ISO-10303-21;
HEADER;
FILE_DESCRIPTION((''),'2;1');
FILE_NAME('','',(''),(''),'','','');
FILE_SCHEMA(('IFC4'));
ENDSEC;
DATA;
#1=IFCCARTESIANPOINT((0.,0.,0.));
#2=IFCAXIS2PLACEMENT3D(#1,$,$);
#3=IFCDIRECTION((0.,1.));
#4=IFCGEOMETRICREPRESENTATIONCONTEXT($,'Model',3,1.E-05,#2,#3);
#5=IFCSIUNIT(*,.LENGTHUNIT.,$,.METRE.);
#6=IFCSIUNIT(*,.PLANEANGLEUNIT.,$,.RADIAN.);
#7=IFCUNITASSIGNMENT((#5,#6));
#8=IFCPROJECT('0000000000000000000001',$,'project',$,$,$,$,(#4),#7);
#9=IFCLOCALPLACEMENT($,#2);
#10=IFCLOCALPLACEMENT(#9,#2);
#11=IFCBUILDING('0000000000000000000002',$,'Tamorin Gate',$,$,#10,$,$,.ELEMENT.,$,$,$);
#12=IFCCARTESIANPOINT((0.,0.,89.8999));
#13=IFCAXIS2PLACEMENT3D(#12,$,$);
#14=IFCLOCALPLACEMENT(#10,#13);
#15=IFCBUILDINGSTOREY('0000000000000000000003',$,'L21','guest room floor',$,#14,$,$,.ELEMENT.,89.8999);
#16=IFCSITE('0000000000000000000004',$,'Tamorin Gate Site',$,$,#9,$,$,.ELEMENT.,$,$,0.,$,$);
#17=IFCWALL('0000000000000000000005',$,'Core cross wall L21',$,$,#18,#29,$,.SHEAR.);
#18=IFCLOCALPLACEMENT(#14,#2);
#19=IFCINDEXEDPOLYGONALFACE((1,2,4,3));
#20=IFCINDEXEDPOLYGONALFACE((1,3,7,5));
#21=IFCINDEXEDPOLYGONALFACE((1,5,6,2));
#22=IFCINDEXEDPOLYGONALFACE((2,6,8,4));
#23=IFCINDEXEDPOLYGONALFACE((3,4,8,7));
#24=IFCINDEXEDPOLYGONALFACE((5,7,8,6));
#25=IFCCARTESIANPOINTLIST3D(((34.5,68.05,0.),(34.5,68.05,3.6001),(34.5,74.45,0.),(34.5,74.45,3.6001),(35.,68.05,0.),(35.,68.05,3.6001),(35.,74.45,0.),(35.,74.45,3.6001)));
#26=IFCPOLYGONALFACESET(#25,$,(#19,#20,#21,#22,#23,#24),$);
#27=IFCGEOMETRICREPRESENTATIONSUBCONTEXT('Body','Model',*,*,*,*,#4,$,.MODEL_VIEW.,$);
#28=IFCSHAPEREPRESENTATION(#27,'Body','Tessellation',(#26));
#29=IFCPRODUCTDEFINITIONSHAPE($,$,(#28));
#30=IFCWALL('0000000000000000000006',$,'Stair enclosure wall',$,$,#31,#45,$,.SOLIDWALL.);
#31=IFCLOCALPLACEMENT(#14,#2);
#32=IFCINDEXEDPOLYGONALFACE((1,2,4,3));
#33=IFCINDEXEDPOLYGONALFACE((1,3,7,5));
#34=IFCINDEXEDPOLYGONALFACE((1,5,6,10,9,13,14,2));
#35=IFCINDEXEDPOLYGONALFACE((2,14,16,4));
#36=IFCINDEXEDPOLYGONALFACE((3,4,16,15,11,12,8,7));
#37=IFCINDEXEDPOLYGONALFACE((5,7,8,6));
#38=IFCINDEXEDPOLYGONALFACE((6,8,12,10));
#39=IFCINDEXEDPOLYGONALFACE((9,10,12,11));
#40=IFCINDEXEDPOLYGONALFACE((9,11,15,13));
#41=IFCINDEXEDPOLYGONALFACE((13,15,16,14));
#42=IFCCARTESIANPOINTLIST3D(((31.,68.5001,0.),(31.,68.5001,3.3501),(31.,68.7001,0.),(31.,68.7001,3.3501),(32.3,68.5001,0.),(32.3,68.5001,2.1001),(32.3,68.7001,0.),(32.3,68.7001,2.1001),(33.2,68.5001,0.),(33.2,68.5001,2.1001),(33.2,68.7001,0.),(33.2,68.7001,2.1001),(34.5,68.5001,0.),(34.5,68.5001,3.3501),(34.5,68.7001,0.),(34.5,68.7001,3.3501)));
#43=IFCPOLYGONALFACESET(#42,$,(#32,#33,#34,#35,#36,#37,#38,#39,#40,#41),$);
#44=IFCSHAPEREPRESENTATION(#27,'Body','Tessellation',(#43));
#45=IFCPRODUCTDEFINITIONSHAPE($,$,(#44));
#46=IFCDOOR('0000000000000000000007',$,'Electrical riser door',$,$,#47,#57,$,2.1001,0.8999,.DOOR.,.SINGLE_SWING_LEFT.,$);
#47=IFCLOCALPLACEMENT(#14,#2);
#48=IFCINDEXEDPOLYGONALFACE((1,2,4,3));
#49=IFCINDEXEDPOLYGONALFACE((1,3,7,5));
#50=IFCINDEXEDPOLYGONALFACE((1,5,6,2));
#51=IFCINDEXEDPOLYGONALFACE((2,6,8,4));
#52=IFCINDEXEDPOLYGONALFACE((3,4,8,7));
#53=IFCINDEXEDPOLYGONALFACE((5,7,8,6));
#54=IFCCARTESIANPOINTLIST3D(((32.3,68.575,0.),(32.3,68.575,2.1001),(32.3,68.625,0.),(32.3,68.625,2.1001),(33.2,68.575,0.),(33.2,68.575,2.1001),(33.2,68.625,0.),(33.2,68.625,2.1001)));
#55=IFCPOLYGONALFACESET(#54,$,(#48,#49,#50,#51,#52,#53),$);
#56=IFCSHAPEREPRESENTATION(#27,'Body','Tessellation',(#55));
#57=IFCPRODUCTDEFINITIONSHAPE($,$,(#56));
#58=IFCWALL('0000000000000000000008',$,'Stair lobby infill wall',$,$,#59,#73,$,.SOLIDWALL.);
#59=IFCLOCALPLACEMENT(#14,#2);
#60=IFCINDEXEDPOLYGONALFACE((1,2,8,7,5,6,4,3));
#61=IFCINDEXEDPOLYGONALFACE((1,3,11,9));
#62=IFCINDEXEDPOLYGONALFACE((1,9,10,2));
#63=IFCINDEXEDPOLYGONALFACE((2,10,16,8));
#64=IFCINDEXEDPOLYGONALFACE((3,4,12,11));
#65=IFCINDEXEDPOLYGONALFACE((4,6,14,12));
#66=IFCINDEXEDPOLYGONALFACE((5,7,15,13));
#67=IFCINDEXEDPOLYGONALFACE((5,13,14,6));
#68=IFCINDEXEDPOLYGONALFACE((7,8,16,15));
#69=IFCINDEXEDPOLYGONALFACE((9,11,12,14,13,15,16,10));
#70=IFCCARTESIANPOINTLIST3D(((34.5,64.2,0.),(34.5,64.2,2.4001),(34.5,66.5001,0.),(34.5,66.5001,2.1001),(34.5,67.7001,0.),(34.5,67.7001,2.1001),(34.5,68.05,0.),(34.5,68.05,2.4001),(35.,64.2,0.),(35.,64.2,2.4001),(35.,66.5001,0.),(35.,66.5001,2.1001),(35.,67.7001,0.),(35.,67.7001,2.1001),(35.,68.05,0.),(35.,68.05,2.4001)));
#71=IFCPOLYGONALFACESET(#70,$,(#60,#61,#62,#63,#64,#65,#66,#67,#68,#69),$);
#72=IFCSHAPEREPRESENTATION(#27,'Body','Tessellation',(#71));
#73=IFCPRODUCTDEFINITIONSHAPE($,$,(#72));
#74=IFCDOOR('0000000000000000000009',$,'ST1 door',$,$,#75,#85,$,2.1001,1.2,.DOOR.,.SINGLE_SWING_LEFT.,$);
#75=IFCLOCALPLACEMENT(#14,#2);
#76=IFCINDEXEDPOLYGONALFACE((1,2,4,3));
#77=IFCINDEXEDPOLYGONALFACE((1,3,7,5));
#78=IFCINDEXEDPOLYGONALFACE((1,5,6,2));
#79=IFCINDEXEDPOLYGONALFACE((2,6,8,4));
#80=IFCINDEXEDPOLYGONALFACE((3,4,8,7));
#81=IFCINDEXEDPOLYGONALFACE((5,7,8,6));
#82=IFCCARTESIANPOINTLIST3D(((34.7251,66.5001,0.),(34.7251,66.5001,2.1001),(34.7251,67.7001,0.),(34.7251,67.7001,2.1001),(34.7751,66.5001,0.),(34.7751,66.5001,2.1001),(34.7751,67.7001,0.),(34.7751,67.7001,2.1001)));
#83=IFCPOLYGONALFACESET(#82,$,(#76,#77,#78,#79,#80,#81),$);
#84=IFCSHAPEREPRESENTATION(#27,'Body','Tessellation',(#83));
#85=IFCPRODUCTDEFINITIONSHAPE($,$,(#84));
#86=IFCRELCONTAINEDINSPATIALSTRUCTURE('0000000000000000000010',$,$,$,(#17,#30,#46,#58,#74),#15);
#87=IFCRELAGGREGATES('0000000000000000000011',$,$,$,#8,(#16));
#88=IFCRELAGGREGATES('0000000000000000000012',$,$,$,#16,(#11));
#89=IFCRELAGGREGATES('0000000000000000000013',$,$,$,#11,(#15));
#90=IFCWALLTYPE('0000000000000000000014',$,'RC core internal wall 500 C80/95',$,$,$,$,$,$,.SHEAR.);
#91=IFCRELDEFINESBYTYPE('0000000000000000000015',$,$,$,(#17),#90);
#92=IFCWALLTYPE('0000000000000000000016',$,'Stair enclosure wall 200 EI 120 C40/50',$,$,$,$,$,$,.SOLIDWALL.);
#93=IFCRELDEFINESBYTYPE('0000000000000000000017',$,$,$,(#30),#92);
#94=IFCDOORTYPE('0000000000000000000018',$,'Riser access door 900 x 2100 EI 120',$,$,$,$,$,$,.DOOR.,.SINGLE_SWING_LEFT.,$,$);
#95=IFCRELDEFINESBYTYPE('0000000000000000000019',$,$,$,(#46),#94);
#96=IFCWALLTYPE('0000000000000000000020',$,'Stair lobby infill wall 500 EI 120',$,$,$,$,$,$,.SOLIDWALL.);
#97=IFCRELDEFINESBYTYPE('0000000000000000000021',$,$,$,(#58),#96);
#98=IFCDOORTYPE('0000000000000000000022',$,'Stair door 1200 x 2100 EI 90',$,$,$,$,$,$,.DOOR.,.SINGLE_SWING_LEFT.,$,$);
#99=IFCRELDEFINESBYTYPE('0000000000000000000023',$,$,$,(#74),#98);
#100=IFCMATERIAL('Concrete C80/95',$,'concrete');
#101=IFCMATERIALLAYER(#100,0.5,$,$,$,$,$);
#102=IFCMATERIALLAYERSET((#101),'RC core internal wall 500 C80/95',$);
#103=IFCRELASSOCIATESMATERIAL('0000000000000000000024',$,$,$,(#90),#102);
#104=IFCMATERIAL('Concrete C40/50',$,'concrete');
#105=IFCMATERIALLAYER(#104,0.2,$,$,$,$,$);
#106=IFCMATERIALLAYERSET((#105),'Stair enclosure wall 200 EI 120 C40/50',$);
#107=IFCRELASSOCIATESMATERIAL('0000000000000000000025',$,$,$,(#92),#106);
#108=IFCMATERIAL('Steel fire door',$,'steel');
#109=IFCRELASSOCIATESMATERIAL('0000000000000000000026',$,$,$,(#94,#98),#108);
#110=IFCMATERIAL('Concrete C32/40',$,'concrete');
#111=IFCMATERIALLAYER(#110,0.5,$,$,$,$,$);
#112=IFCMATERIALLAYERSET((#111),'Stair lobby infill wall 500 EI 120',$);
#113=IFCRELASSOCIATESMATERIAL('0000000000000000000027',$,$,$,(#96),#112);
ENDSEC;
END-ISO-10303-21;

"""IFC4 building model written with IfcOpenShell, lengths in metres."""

from ifc_helpers import new_model, si_unit, direction, frame, frame_2d, origin, place, context, subcontext, project, spatial, rectangle, extrude, material, layer, layer_set, type_object, element, fill, save


model = new_model("IFC4")

# Units and contexts
model_context = context("Model", 3, precision=1e-05, world=origin(), true_north=direction((0.0, 1.0)))
body_context = subcontext(model_context, "Body", "Model", "MODEL_VIEW")
ifc_project = project(units=[si_unit("LENGTHUNIT", "METRE"), si_unit("PLANEANGLEUNIT", "RADIAN")], contexts=[model_context])

# Site, building, storey
site_placement = place(None, origin())
site = spatial("IfcSite", under=ifc_project, at=site_placement, Name="Tamorin Gate Site", CompositionType="ELEMENT", RefElevation=0.0)
building_placement = place(site_placement, origin())
building = spatial("IfcBuilding", under=site, at=building_placement, Name="Tamorin Gate", CompositionType="ELEMENT")
storey_placement = place(building_placement, frame((0.0, 0.0, 89.8999)))
storey = spatial("IfcBuildingStorey", under=building, at=storey_placement, Name="L21", Description="guest room floor", CompositionType="ELEMENT", Elevation=89.8999)

# Shared definitions
ifc_material_1 = material(Name="Concrete C80/95", Category="concrete")

# Shared definitions
ifc_material_2 = material(Name="Concrete C32/40", Category="concrete")

# Wall
ifc_layer_1 = layer(ifc_material_1, 0.5)
ifc_layer_set_1 = layer_set([ifc_layer_1], Name="RC core internal wall 500 C80/95")
wall_type_1 = type_object("IfcWallType", Name="RC core internal wall 500 C80/95", PredefinedType="SHEAR", material=ifc_layer_set_1)
wall_1_placement = place(storey_placement, frame((34.75, 68.05, 0.0), z_axis=(0.0, 0.0, 1.0), x_axis=(0.0, 1.0, 0.0)))
element("IfcWall", 1, at=wall_1_placement, inside=storey, type_object=wall_type_1, Name="Core cross wall L21", PredefinedType="SHEAR", context=body_context, shape_type="SweptSolid", body=[
    extrude(rectangle(XDim=6.3999, YDim=0.5, at=frame_2d((3.2, 0.0))), origin(), (0.0, 0.0, 1.0), 3.6001),
])

# Walls, openings, doors
ifc_material_3 = material(Name="Concrete C40/50", Category="concrete")
ifc_layer_2 = layer(ifc_material_3, 0.2)
ifc_layer_set_2 = layer_set([ifc_layer_2], Name="Stair enclosure wall 200 EI 120 C40/50")
wall_type_2 = type_object("IfcWallType", Name="Stair enclosure wall 200 EI 120 C40/50", PredefinedType="SOLIDWALL", material=ifc_layer_set_2)
wall_2_placement = place(storey_placement, frame((31.0, 68.6001, 0.0), z_axis=(0.0, 0.0, 1.0), x_axis=(1.0, 0.0, 0.0)))
wall_2 = element("IfcWall", 2, at=wall_2_placement, inside=storey, type_object=wall_type_2, Name="Stair enclosure wall", PredefinedType="SOLIDWALL", context=body_context, shape_type="SweptSolid", body=[
    extrude(rectangle(XDim=3.5, YDim=0.2, at=frame_2d((1.75, 0.0))), origin(), (0.0, 0.0, 1.0), 3.3501),
])
opening_1_placement = place(wall_2_placement, frame((1.3, 0.0, 0.0)))
opening_1 = element("IfcOpeningElement", 3, at=opening_1_placement, cuts=wall_2, PredefinedType="OPENING", context=body_context, shape_type="SweptSolid", body=[
    extrude(rectangle(XDim=0.8999, YDim=2.1001, at=frame_2d((0.45, 1.05))), frame((0.0, 0.1099, 0.0), z_axis=(0.0, -1.0, 0.0), x_axis=(1.0, 0.0, 0.0)), (0.0, 0.0, 1.0), 0.22),
])
ifc_material_4 = material(Name="Steel fire door", Category="steel")
door_type_1 = type_object("IfcDoorType", Name="Riser access door 900 x 2100 EI 120", OperationType="SINGLE_SWING_LEFT", PredefinedType="DOOR", material=ifc_material_4)
door_1_placement = place(opening_1_placement, origin())
door_1 = element("IfcDoor", 4, at=door_1_placement, inside=storey, type_object=door_type_1, Name="Electrical riser door", OperationType="SINGLE_SWING_LEFT", OverallHeight=2.1001, OverallWidth=0.8999, PredefinedType="DOOR", context=body_context, shape_type="SweptSolid", body=[
    extrude(rectangle(XDim=0.8999, YDim=2.1001, at=frame_2d((0.45, 1.05))), frame((0.0, 0.0249, 0.0), z_axis=(0.0, -1.0, 0.0), x_axis=(1.0, 0.0, 0.0)), (0.0, 0.0, 1.0), 0.05),
])
fill(opening_1, door_1)
ifc_layer_3 = layer(ifc_material_2, 0.5)
ifc_layer_set_3 = layer_set([ifc_layer_3], Name="Stair lobby infill wall 500 EI 120")
wall_type_3 = type_object("IfcWallType", Name="Stair lobby infill wall 500 EI 120", PredefinedType="SOLIDWALL", material=ifc_layer_set_3)
wall_3_placement = place(storey_placement, frame((34.75, 64.2, 0.0), z_axis=(0.0, 0.0, 1.0), x_axis=(0.0, 1.0, 0.0)))
wall_3 = element("IfcWall", 5, at=wall_3_placement, inside=storey, type_object=wall_type_3, Name="Stair lobby infill wall", PredefinedType="SOLIDWALL", context=body_context, shape_type="SweptSolid", body=[
    extrude(rectangle(XDim=3.8501, YDim=0.5, at=frame_2d((1.925, 0.0))), origin(), (0.0, 0.0, 1.0), 2.4001),
])
opening_2_placement = place(wall_3_placement, frame((2.3, 0.0, 0.0)))
opening_2 = element("IfcOpeningElement", 6, at=opening_2_placement, cuts=wall_3, PredefinedType="OPENING", context=body_context, shape_type="SweptSolid", body=[
    extrude(rectangle(XDim=1.2, YDim=2.1001, at=frame_2d((0.6001, 1.05))), frame((0.0, 0.26, 0.0), z_axis=(0.0, -1.0, 0.0), x_axis=(1.0, 0.0, 0.0)), (0.0, 0.0, 1.0), 0.52),
])
door_type_2 = type_object("IfcDoorType", Name="Stair door 1200 x 2100 EI 90", OperationType="SINGLE_SWING_LEFT", PredefinedType="DOOR", material=ifc_material_4)
door_2_placement = place(opening_2_placement, origin())
door_2 = element("IfcDoor", 7, at=door_2_placement, inside=storey, type_object=door_type_2, Name="ST1 door", OperationType="SINGLE_SWING_LEFT", OverallHeight=2.1001, OverallWidth=1.2, PredefinedType="DOOR", context=body_context, shape_type="SweptSolid", body=[
    extrude(rectangle(XDim=1.2, YDim=2.1001, at=frame_2d((0.6001, 1.05))), frame((0.0, 0.0249, 0.0), z_axis=(0.0, -1.0, 0.0), x_axis=(1.0, 0.0, 0.0)), (0.0, 0.0, 1.0), 0.05),
])
fill(opening_2, door_2)

save(model, "model.ifc")
